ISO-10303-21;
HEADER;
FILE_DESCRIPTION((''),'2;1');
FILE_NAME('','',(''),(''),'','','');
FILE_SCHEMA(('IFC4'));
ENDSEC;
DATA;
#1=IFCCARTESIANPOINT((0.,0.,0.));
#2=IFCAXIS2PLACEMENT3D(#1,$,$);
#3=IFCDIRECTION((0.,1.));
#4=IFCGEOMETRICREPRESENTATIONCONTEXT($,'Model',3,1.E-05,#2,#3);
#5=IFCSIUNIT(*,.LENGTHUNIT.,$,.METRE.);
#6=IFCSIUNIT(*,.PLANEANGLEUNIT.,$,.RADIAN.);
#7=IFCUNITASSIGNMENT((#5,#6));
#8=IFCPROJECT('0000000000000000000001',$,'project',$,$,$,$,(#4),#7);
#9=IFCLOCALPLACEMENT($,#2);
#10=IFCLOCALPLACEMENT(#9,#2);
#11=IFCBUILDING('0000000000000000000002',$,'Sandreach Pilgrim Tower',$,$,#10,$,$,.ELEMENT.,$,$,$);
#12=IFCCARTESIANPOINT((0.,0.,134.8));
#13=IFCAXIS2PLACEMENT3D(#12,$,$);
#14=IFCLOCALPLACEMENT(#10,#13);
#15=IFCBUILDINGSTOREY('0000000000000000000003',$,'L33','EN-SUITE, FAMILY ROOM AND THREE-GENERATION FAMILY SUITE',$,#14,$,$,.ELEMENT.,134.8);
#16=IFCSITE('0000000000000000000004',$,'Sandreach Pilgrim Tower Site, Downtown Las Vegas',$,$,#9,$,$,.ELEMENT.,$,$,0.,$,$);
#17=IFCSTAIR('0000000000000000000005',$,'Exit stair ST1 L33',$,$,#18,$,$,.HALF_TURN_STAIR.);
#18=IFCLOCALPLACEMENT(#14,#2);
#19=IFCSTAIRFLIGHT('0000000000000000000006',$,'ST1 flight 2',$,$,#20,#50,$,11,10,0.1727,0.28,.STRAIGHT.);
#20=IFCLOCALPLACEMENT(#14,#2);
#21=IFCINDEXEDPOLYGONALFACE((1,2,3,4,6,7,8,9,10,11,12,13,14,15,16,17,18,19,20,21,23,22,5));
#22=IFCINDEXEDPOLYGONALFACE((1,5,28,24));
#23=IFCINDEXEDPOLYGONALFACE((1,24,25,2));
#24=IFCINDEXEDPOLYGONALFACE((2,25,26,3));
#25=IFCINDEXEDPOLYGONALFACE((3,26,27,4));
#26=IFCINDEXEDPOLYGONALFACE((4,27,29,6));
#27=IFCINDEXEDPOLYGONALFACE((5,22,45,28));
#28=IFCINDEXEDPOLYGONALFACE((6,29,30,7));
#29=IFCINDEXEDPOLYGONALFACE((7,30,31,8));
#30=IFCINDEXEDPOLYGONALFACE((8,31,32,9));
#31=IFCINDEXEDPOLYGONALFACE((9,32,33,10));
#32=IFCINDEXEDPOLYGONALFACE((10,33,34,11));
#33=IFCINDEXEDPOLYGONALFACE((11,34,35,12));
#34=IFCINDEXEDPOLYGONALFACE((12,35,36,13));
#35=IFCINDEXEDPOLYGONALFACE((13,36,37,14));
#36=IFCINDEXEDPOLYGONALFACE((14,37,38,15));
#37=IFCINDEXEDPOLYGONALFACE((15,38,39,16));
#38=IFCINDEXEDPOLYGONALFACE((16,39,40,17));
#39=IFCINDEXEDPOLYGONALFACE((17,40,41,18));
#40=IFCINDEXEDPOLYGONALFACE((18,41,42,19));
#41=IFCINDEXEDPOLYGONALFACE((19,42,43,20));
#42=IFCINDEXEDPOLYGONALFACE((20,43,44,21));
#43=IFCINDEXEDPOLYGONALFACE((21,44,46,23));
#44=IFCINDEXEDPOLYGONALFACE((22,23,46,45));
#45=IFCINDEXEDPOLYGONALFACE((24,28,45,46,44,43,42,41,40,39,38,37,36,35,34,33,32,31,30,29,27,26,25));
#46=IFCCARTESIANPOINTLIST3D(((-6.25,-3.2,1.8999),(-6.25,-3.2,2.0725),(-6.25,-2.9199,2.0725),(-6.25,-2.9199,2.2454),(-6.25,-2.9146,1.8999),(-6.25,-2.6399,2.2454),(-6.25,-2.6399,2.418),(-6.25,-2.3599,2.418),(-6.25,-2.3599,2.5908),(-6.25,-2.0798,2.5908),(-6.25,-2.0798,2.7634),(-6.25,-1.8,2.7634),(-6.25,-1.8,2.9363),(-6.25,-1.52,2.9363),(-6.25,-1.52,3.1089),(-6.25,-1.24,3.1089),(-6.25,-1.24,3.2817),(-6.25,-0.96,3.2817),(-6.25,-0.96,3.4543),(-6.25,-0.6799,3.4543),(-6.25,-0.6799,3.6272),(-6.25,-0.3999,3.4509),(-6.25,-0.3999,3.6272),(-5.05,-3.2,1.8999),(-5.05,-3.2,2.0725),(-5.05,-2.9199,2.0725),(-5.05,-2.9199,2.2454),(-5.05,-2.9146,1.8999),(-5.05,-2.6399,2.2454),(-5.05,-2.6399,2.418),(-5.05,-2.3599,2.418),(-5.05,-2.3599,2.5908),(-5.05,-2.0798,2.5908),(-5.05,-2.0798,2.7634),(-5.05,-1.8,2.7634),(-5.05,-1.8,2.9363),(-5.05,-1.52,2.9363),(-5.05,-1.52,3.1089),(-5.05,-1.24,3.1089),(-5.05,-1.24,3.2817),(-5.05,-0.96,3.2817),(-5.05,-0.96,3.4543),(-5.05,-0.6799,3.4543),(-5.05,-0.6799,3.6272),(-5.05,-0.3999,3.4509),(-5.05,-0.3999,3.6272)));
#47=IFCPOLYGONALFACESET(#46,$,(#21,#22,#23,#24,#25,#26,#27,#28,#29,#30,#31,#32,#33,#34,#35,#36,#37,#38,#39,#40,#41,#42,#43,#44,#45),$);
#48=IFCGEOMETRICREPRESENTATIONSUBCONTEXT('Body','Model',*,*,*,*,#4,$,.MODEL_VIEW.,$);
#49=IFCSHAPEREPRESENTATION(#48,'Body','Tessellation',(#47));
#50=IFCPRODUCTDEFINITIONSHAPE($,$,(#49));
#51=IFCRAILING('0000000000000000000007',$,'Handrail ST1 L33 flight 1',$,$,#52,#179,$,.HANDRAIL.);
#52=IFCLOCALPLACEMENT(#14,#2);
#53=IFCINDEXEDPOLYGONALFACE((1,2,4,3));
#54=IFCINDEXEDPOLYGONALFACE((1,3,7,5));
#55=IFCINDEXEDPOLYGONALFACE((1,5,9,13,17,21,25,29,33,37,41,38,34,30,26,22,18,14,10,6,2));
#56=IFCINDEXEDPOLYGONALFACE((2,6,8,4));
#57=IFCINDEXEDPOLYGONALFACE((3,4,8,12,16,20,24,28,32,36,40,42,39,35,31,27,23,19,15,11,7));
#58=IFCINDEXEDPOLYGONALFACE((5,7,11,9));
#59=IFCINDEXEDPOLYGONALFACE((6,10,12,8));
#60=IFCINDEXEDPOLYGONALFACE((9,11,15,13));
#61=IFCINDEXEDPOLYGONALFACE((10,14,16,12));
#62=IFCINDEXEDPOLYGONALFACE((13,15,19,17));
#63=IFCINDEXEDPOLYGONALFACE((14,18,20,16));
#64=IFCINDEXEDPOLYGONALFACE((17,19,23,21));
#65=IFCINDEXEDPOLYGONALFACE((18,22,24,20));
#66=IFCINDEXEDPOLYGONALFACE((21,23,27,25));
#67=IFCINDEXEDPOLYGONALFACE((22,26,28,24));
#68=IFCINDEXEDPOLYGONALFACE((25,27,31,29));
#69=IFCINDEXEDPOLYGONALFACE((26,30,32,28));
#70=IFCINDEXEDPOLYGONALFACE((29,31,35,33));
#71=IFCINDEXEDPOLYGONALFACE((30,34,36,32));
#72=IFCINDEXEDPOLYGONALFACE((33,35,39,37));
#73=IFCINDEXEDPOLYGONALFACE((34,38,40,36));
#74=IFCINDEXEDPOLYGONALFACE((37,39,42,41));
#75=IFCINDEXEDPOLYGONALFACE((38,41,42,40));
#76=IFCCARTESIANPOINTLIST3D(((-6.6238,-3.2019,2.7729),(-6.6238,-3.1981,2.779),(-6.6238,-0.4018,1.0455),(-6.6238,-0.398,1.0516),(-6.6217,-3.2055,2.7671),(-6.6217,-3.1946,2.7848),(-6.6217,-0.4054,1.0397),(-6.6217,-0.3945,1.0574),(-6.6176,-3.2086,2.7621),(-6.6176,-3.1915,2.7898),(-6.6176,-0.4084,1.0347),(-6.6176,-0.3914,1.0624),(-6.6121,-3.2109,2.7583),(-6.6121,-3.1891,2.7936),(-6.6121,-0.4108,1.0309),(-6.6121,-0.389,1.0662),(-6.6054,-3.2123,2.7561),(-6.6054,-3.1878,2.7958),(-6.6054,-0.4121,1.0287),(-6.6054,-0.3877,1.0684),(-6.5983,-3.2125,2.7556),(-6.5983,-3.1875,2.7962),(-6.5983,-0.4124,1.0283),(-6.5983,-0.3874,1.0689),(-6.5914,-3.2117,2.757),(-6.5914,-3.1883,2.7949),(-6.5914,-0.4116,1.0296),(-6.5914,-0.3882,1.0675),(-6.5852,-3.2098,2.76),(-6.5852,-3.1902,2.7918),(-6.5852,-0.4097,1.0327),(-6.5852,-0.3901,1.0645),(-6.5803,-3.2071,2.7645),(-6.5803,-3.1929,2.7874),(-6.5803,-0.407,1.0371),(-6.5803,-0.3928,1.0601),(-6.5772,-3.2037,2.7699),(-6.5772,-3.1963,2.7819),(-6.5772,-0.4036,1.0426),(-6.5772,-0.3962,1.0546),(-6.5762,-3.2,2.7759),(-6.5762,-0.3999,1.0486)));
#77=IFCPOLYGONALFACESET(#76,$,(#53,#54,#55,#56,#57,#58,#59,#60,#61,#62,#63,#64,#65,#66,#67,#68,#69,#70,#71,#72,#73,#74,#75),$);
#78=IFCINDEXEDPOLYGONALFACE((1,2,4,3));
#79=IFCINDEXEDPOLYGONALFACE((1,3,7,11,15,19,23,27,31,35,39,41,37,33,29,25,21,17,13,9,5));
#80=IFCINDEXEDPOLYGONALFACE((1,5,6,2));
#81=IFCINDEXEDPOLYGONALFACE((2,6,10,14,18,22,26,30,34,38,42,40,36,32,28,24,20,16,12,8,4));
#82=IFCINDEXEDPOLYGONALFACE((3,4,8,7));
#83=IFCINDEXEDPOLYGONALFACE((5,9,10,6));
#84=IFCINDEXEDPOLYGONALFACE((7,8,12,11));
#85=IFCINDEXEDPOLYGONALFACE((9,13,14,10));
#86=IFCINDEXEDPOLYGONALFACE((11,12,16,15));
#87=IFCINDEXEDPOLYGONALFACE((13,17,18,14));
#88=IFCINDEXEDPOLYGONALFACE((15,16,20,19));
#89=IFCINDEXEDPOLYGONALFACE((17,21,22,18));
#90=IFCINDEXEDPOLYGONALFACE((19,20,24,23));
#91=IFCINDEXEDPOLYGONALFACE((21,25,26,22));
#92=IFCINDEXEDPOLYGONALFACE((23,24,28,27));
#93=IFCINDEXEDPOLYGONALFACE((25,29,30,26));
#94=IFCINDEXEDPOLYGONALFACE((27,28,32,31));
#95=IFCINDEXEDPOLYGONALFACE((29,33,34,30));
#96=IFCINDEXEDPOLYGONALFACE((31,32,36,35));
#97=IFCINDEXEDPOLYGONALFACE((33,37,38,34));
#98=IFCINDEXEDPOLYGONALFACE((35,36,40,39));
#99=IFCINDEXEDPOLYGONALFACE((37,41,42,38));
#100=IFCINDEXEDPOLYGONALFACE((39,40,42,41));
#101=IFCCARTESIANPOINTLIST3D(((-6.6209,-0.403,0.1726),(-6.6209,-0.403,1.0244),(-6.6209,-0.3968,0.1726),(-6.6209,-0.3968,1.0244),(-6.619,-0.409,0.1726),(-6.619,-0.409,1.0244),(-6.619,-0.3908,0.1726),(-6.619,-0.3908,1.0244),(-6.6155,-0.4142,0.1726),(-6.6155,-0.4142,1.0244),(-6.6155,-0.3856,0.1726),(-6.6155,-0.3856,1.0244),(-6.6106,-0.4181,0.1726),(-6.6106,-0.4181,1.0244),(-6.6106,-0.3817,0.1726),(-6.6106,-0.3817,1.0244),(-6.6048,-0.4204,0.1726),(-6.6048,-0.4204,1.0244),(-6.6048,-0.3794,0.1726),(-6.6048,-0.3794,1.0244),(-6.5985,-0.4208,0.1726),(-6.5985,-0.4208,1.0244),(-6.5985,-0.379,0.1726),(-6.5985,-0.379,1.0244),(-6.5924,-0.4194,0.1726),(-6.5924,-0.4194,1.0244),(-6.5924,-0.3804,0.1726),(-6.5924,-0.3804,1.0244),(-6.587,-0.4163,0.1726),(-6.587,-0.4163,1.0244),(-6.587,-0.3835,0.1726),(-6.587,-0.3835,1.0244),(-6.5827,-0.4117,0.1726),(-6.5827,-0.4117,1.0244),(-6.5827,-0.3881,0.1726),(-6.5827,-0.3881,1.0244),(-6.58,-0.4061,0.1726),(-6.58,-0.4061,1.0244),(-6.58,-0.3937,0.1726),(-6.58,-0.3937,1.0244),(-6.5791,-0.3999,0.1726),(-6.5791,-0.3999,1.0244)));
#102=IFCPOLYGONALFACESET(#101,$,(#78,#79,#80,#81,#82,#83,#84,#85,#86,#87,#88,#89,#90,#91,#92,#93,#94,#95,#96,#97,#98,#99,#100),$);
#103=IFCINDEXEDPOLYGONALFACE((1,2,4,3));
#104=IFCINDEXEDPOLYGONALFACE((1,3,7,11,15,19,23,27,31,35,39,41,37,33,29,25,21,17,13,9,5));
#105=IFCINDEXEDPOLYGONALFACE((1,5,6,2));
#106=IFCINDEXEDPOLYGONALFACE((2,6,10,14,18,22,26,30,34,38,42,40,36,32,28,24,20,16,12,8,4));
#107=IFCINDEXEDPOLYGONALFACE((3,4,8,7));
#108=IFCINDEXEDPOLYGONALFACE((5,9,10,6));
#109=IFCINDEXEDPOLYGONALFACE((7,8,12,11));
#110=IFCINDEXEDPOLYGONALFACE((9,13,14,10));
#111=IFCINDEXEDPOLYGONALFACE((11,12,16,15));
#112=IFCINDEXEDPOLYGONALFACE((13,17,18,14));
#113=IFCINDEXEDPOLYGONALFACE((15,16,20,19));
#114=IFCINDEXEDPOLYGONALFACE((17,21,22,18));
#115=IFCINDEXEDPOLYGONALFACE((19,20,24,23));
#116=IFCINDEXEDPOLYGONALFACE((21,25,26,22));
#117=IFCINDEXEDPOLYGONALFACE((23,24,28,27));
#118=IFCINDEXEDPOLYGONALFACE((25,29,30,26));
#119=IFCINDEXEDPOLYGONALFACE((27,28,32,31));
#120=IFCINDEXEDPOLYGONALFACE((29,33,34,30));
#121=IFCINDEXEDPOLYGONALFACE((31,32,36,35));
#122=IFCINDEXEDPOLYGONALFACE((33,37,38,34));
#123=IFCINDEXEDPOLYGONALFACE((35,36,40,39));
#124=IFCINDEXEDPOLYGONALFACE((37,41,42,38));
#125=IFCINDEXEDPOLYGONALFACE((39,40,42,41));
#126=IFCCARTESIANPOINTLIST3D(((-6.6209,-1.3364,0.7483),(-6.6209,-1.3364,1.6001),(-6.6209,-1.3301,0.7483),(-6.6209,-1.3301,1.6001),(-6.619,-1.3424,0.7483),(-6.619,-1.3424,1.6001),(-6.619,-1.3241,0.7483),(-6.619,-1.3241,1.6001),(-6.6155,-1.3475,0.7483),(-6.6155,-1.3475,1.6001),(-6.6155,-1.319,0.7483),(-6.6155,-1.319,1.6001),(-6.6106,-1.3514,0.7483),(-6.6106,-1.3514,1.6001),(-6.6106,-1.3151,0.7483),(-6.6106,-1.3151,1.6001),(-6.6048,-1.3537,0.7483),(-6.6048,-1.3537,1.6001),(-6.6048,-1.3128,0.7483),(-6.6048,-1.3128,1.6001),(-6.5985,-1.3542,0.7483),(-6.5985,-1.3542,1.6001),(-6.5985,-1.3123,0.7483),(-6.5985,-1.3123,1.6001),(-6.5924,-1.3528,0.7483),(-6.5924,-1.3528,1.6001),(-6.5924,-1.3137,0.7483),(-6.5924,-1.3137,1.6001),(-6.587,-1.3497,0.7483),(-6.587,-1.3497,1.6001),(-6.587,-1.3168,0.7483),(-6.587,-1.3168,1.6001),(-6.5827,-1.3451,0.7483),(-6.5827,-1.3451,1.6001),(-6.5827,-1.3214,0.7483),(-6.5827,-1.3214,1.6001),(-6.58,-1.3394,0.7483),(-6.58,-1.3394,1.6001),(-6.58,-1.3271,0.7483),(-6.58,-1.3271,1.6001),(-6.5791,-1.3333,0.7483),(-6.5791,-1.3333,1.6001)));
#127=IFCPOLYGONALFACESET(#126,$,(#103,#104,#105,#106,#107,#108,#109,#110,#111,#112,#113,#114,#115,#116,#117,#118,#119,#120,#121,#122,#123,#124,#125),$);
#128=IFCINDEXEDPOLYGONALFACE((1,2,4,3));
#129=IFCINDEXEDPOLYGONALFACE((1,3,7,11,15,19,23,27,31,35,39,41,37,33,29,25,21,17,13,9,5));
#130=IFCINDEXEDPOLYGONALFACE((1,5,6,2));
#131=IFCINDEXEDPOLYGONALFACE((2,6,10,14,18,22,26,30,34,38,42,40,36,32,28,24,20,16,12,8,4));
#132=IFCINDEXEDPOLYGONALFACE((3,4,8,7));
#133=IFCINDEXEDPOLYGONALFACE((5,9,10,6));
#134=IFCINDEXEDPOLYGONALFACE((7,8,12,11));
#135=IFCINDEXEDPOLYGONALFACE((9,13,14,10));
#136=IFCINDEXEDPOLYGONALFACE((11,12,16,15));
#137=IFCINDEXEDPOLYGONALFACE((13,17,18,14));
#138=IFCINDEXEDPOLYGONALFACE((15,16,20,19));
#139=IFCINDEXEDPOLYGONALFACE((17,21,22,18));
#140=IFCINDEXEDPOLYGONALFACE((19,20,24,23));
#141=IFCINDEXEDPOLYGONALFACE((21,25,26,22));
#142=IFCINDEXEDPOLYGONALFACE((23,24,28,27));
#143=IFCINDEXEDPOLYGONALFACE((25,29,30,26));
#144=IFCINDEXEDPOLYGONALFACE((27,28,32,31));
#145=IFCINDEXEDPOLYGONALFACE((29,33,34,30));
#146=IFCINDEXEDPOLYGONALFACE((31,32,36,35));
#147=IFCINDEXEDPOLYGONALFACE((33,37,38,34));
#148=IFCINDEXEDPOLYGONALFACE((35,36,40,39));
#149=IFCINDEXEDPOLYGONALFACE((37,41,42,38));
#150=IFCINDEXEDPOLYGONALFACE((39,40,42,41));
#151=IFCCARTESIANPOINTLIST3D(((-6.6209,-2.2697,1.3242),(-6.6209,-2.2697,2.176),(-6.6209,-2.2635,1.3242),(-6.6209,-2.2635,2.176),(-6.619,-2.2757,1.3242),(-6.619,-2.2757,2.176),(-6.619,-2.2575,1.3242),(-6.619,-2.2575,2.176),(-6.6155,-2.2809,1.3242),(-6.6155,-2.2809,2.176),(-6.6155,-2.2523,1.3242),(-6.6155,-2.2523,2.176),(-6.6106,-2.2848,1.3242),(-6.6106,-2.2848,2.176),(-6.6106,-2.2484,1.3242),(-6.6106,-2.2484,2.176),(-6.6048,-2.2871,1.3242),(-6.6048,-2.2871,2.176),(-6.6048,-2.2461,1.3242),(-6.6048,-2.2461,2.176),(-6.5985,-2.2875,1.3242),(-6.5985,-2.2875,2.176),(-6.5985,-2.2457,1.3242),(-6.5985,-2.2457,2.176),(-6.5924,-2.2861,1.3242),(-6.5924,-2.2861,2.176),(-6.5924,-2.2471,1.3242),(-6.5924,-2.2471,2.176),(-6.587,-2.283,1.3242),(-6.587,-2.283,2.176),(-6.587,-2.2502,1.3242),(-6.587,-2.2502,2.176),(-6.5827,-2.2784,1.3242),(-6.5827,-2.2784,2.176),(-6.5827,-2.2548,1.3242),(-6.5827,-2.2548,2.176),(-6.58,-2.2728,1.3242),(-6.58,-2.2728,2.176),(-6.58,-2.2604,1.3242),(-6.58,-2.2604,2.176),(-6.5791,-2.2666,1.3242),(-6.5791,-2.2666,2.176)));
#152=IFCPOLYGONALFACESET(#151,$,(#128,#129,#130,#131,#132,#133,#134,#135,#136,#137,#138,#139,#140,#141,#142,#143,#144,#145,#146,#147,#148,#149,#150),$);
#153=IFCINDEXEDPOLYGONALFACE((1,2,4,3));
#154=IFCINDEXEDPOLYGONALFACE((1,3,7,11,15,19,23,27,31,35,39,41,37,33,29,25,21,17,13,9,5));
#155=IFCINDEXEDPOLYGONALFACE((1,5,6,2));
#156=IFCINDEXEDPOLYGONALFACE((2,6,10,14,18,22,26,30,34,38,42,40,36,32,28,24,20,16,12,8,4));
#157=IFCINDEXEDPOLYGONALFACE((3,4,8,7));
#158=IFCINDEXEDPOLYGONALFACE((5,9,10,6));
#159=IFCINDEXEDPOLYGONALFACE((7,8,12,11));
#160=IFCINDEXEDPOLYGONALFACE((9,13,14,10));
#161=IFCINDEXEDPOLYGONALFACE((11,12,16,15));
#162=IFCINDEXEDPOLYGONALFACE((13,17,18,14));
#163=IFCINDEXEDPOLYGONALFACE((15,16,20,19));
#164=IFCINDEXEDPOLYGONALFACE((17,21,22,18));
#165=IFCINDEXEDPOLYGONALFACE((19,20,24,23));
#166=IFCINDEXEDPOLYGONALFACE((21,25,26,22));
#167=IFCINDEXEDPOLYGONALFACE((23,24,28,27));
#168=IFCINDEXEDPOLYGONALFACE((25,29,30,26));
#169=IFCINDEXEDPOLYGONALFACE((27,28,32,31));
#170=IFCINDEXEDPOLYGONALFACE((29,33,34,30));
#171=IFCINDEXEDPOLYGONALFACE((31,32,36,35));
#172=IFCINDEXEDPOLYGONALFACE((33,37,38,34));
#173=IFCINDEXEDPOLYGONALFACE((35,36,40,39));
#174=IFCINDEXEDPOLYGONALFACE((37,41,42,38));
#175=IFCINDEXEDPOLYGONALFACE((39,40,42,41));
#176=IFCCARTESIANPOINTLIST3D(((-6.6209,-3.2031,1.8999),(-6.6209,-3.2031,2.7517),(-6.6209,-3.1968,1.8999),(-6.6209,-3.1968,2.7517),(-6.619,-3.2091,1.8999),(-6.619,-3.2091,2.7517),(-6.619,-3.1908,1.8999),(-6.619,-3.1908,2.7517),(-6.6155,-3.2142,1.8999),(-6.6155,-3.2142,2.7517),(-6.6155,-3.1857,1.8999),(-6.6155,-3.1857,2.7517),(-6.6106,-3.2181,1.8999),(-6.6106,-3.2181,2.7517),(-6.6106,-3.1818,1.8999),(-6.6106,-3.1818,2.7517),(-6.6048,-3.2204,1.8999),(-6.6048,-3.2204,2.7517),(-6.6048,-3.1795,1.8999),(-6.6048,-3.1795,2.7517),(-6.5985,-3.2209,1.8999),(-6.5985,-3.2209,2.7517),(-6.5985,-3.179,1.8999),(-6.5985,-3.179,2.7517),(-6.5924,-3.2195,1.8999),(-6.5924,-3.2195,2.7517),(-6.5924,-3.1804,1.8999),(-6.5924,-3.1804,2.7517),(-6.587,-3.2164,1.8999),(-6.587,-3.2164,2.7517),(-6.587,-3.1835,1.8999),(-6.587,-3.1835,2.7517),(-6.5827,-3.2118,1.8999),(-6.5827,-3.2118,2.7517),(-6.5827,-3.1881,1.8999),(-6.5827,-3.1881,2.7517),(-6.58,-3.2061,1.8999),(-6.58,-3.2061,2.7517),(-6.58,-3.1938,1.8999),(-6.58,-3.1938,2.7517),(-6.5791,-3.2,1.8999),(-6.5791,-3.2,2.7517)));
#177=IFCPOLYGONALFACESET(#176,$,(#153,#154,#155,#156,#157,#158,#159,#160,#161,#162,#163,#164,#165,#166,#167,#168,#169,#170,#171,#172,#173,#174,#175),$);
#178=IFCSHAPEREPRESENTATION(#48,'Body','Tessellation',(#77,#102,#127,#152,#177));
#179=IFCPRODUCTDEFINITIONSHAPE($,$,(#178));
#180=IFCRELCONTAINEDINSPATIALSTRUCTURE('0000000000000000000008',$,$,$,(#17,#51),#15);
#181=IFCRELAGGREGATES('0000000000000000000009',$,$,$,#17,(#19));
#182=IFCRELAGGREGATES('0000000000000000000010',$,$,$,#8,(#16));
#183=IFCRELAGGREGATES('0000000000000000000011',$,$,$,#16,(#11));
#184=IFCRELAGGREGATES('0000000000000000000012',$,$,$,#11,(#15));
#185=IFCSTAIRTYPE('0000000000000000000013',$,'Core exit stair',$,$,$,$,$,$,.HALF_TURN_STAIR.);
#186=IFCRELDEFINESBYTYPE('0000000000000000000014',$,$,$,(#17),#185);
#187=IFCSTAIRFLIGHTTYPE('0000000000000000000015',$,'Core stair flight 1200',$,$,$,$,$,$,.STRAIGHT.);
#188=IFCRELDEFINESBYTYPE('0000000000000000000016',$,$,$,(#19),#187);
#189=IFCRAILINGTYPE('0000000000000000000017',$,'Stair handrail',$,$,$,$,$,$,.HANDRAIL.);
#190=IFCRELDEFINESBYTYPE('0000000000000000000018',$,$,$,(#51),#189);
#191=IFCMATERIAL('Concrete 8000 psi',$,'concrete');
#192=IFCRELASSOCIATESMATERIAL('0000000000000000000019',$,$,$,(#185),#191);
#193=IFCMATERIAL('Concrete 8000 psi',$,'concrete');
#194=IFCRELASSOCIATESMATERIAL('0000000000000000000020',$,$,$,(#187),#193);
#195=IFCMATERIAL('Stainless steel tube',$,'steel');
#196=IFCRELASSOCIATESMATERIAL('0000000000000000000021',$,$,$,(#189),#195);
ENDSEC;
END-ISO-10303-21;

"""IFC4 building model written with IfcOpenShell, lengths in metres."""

from ifc_helpers import new_model, si_unit, direction, frame, origin, origin_2d, place, context, subcontext, project, spatial, polyline, circle, outline, extrude, material, type_object, element, aggregate, save


model = new_model("IFC4")

# Units and contexts
model_context = context("Model", 3, precision=1e-05, world=origin(), true_north=direction((0.0, 1.0)))
body_context = subcontext(model_context, "Body", "Model", "MODEL_VIEW")
ifc_project = project(units=[si_unit("LENGTHUNIT", "METRE"), si_unit("PLANEANGLEUNIT", "RADIAN")], contexts=[model_context])

# Site, building, storey
site_placement = place(None, origin())
site = spatial("IfcSite", under=ifc_project, at=site_placement, Name="Sandreach Pilgrim Tower Site, Downtown Las Vegas", CompositionType="ELEMENT", RefElevation=0.0)
building_placement = place(site_placement, origin())
building = spatial("IfcBuilding", under=site, at=building_placement, Name="Sandreach Pilgrim Tower", CompositionType="ELEMENT")
storey_placement = place(building_placement, frame((0.0, 0.0, 134.8)))
storey = spatial("IfcBuildingStorey", under=building, at=storey_placement, Name="L33", Description="EN-SUITE, FAMILY ROOM AND THREE-GENERATION FAMILY SUITE", CompositionType="ELEMENT", Elevation=134.8)

# Stair, stair flight
ifc_material_1 = material(Name="Concrete 8000 psi", Category="concrete")
stair_type = type_object("IfcStairType", Name="Core exit stair", PredefinedType="HALF_TURN_STAIR", material=ifc_material_1)
stair_placement = place(storey_placement, origin())
stair = element("IfcStair", 1, at=stair_placement, inside=storey, type_object=stair_type, Name="Exit stair ST1 L33", PredefinedType="HALF_TURN_STAIR")
ifc_material_2 = material(Name="Concrete 8000 psi", Category="concrete")
stair_flight_type = type_object("IfcStairFlightType", Name="Core stair flight 1200", PredefinedType="STRAIGHT", material=ifc_material_2)
stair_flight_1_placement = place(storey_placement, frame((-5.6499, -3.2, 1.8999), z_axis=(0.0, 0.0, 1.0), x_axis=(0.0, 1.0, 0.0)))
stair_flight_1 = element("IfcStairFlight", 2, at=stair_flight_1_placement, type_object=stair_flight_type, Name="ST1 flight 2", NumberOfRisers=11, NumberOfTreads=10, PredefinedType="STRAIGHT", RiserHeight=0.1727, TreadLength=0.28, context=body_context, shape_type="SweptSolid", body=[
    extrude(outline(polyline([(0.0, 0.0), (0.0, 0.1726), (0.28, 0.1726), (0.28, 0.3455), (0.5601, 0.3455), (0.5601, 0.5181), (0.8401, 0.5181), (0.8401, 0.6909), (1.1201, 0.6909), (1.1201, 0.8635), (1.3999, 0.8635), (1.3999, 1.0364), (1.6799, 1.0364), (1.6799, 1.209), (1.96, 1.209), (1.96, 1.3818), (2.24, 1.3818), (2.24, 1.5544), (2.52, 1.5544), (2.52, 1.7273), (2.8, 1.7273), (2.8, 1.8999), (2.8, 1.551), (0.2854, 0.0), (0.0, 0.0)])), frame((0.0, 0.6001, 0.0), z_axis=(0.0, -1.0, 0.0), x_axis=(1.0, 0.0, 0.0)), (0.0, 0.0, 1.0), 1.2),
])
aggregate(stair, [stair_flight_1])

# Railing
ifc_material_3 = material(Name="Stainless steel tube", Category="steel")
railing_type = type_object("IfcRailingType", Name="Stair handrail", PredefinedType="HANDRAIL", material=ifc_material_3)
for number, where, name in (
    (3, (-6.6001, -0.3999, 0.1726), "Handrail ST1 L33 flight 1"),
):
    element("IfcRailing", number, at=place(storey_placement, frame(where)), inside=storey, type_object=railing_type, Name=name, PredefinedType="HANDRAIL", context=body_context, shape_type="SweptSolid", body=[
        extrude(circle(Radius=0.0239, at=origin_2d()), frame((0.0, 0.0, 0.876), z_axis=(0.0, -0.85109, 0.52502), x_axis=(1.0, 0.0, 0.0)), (0.0, 0.0, 1.0), 3.29),
        extrude(circle(Radius=0.021, at=origin_2d()), origin(), (0.0, 0.0, 1.0), 0.8518),
        extrude(circle(Radius=0.021, at=origin_2d()), frame((0.0, -0.9333, 0.5757)), (0.0, 0.0, 1.0), 0.8518),
        extrude(circle(Radius=0.021, at=origin_2d()), frame((0.0, -1.8667, 1.1516)), (0.0, 0.0, 1.0), 0.8518),
        extrude(circle(Radius=0.021, at=origin_2d()), frame((0.0, -2.8, 1.7273)), (0.0, 0.0, 1.0), 0.8518),
    ])

save(model, "model.ifc")
